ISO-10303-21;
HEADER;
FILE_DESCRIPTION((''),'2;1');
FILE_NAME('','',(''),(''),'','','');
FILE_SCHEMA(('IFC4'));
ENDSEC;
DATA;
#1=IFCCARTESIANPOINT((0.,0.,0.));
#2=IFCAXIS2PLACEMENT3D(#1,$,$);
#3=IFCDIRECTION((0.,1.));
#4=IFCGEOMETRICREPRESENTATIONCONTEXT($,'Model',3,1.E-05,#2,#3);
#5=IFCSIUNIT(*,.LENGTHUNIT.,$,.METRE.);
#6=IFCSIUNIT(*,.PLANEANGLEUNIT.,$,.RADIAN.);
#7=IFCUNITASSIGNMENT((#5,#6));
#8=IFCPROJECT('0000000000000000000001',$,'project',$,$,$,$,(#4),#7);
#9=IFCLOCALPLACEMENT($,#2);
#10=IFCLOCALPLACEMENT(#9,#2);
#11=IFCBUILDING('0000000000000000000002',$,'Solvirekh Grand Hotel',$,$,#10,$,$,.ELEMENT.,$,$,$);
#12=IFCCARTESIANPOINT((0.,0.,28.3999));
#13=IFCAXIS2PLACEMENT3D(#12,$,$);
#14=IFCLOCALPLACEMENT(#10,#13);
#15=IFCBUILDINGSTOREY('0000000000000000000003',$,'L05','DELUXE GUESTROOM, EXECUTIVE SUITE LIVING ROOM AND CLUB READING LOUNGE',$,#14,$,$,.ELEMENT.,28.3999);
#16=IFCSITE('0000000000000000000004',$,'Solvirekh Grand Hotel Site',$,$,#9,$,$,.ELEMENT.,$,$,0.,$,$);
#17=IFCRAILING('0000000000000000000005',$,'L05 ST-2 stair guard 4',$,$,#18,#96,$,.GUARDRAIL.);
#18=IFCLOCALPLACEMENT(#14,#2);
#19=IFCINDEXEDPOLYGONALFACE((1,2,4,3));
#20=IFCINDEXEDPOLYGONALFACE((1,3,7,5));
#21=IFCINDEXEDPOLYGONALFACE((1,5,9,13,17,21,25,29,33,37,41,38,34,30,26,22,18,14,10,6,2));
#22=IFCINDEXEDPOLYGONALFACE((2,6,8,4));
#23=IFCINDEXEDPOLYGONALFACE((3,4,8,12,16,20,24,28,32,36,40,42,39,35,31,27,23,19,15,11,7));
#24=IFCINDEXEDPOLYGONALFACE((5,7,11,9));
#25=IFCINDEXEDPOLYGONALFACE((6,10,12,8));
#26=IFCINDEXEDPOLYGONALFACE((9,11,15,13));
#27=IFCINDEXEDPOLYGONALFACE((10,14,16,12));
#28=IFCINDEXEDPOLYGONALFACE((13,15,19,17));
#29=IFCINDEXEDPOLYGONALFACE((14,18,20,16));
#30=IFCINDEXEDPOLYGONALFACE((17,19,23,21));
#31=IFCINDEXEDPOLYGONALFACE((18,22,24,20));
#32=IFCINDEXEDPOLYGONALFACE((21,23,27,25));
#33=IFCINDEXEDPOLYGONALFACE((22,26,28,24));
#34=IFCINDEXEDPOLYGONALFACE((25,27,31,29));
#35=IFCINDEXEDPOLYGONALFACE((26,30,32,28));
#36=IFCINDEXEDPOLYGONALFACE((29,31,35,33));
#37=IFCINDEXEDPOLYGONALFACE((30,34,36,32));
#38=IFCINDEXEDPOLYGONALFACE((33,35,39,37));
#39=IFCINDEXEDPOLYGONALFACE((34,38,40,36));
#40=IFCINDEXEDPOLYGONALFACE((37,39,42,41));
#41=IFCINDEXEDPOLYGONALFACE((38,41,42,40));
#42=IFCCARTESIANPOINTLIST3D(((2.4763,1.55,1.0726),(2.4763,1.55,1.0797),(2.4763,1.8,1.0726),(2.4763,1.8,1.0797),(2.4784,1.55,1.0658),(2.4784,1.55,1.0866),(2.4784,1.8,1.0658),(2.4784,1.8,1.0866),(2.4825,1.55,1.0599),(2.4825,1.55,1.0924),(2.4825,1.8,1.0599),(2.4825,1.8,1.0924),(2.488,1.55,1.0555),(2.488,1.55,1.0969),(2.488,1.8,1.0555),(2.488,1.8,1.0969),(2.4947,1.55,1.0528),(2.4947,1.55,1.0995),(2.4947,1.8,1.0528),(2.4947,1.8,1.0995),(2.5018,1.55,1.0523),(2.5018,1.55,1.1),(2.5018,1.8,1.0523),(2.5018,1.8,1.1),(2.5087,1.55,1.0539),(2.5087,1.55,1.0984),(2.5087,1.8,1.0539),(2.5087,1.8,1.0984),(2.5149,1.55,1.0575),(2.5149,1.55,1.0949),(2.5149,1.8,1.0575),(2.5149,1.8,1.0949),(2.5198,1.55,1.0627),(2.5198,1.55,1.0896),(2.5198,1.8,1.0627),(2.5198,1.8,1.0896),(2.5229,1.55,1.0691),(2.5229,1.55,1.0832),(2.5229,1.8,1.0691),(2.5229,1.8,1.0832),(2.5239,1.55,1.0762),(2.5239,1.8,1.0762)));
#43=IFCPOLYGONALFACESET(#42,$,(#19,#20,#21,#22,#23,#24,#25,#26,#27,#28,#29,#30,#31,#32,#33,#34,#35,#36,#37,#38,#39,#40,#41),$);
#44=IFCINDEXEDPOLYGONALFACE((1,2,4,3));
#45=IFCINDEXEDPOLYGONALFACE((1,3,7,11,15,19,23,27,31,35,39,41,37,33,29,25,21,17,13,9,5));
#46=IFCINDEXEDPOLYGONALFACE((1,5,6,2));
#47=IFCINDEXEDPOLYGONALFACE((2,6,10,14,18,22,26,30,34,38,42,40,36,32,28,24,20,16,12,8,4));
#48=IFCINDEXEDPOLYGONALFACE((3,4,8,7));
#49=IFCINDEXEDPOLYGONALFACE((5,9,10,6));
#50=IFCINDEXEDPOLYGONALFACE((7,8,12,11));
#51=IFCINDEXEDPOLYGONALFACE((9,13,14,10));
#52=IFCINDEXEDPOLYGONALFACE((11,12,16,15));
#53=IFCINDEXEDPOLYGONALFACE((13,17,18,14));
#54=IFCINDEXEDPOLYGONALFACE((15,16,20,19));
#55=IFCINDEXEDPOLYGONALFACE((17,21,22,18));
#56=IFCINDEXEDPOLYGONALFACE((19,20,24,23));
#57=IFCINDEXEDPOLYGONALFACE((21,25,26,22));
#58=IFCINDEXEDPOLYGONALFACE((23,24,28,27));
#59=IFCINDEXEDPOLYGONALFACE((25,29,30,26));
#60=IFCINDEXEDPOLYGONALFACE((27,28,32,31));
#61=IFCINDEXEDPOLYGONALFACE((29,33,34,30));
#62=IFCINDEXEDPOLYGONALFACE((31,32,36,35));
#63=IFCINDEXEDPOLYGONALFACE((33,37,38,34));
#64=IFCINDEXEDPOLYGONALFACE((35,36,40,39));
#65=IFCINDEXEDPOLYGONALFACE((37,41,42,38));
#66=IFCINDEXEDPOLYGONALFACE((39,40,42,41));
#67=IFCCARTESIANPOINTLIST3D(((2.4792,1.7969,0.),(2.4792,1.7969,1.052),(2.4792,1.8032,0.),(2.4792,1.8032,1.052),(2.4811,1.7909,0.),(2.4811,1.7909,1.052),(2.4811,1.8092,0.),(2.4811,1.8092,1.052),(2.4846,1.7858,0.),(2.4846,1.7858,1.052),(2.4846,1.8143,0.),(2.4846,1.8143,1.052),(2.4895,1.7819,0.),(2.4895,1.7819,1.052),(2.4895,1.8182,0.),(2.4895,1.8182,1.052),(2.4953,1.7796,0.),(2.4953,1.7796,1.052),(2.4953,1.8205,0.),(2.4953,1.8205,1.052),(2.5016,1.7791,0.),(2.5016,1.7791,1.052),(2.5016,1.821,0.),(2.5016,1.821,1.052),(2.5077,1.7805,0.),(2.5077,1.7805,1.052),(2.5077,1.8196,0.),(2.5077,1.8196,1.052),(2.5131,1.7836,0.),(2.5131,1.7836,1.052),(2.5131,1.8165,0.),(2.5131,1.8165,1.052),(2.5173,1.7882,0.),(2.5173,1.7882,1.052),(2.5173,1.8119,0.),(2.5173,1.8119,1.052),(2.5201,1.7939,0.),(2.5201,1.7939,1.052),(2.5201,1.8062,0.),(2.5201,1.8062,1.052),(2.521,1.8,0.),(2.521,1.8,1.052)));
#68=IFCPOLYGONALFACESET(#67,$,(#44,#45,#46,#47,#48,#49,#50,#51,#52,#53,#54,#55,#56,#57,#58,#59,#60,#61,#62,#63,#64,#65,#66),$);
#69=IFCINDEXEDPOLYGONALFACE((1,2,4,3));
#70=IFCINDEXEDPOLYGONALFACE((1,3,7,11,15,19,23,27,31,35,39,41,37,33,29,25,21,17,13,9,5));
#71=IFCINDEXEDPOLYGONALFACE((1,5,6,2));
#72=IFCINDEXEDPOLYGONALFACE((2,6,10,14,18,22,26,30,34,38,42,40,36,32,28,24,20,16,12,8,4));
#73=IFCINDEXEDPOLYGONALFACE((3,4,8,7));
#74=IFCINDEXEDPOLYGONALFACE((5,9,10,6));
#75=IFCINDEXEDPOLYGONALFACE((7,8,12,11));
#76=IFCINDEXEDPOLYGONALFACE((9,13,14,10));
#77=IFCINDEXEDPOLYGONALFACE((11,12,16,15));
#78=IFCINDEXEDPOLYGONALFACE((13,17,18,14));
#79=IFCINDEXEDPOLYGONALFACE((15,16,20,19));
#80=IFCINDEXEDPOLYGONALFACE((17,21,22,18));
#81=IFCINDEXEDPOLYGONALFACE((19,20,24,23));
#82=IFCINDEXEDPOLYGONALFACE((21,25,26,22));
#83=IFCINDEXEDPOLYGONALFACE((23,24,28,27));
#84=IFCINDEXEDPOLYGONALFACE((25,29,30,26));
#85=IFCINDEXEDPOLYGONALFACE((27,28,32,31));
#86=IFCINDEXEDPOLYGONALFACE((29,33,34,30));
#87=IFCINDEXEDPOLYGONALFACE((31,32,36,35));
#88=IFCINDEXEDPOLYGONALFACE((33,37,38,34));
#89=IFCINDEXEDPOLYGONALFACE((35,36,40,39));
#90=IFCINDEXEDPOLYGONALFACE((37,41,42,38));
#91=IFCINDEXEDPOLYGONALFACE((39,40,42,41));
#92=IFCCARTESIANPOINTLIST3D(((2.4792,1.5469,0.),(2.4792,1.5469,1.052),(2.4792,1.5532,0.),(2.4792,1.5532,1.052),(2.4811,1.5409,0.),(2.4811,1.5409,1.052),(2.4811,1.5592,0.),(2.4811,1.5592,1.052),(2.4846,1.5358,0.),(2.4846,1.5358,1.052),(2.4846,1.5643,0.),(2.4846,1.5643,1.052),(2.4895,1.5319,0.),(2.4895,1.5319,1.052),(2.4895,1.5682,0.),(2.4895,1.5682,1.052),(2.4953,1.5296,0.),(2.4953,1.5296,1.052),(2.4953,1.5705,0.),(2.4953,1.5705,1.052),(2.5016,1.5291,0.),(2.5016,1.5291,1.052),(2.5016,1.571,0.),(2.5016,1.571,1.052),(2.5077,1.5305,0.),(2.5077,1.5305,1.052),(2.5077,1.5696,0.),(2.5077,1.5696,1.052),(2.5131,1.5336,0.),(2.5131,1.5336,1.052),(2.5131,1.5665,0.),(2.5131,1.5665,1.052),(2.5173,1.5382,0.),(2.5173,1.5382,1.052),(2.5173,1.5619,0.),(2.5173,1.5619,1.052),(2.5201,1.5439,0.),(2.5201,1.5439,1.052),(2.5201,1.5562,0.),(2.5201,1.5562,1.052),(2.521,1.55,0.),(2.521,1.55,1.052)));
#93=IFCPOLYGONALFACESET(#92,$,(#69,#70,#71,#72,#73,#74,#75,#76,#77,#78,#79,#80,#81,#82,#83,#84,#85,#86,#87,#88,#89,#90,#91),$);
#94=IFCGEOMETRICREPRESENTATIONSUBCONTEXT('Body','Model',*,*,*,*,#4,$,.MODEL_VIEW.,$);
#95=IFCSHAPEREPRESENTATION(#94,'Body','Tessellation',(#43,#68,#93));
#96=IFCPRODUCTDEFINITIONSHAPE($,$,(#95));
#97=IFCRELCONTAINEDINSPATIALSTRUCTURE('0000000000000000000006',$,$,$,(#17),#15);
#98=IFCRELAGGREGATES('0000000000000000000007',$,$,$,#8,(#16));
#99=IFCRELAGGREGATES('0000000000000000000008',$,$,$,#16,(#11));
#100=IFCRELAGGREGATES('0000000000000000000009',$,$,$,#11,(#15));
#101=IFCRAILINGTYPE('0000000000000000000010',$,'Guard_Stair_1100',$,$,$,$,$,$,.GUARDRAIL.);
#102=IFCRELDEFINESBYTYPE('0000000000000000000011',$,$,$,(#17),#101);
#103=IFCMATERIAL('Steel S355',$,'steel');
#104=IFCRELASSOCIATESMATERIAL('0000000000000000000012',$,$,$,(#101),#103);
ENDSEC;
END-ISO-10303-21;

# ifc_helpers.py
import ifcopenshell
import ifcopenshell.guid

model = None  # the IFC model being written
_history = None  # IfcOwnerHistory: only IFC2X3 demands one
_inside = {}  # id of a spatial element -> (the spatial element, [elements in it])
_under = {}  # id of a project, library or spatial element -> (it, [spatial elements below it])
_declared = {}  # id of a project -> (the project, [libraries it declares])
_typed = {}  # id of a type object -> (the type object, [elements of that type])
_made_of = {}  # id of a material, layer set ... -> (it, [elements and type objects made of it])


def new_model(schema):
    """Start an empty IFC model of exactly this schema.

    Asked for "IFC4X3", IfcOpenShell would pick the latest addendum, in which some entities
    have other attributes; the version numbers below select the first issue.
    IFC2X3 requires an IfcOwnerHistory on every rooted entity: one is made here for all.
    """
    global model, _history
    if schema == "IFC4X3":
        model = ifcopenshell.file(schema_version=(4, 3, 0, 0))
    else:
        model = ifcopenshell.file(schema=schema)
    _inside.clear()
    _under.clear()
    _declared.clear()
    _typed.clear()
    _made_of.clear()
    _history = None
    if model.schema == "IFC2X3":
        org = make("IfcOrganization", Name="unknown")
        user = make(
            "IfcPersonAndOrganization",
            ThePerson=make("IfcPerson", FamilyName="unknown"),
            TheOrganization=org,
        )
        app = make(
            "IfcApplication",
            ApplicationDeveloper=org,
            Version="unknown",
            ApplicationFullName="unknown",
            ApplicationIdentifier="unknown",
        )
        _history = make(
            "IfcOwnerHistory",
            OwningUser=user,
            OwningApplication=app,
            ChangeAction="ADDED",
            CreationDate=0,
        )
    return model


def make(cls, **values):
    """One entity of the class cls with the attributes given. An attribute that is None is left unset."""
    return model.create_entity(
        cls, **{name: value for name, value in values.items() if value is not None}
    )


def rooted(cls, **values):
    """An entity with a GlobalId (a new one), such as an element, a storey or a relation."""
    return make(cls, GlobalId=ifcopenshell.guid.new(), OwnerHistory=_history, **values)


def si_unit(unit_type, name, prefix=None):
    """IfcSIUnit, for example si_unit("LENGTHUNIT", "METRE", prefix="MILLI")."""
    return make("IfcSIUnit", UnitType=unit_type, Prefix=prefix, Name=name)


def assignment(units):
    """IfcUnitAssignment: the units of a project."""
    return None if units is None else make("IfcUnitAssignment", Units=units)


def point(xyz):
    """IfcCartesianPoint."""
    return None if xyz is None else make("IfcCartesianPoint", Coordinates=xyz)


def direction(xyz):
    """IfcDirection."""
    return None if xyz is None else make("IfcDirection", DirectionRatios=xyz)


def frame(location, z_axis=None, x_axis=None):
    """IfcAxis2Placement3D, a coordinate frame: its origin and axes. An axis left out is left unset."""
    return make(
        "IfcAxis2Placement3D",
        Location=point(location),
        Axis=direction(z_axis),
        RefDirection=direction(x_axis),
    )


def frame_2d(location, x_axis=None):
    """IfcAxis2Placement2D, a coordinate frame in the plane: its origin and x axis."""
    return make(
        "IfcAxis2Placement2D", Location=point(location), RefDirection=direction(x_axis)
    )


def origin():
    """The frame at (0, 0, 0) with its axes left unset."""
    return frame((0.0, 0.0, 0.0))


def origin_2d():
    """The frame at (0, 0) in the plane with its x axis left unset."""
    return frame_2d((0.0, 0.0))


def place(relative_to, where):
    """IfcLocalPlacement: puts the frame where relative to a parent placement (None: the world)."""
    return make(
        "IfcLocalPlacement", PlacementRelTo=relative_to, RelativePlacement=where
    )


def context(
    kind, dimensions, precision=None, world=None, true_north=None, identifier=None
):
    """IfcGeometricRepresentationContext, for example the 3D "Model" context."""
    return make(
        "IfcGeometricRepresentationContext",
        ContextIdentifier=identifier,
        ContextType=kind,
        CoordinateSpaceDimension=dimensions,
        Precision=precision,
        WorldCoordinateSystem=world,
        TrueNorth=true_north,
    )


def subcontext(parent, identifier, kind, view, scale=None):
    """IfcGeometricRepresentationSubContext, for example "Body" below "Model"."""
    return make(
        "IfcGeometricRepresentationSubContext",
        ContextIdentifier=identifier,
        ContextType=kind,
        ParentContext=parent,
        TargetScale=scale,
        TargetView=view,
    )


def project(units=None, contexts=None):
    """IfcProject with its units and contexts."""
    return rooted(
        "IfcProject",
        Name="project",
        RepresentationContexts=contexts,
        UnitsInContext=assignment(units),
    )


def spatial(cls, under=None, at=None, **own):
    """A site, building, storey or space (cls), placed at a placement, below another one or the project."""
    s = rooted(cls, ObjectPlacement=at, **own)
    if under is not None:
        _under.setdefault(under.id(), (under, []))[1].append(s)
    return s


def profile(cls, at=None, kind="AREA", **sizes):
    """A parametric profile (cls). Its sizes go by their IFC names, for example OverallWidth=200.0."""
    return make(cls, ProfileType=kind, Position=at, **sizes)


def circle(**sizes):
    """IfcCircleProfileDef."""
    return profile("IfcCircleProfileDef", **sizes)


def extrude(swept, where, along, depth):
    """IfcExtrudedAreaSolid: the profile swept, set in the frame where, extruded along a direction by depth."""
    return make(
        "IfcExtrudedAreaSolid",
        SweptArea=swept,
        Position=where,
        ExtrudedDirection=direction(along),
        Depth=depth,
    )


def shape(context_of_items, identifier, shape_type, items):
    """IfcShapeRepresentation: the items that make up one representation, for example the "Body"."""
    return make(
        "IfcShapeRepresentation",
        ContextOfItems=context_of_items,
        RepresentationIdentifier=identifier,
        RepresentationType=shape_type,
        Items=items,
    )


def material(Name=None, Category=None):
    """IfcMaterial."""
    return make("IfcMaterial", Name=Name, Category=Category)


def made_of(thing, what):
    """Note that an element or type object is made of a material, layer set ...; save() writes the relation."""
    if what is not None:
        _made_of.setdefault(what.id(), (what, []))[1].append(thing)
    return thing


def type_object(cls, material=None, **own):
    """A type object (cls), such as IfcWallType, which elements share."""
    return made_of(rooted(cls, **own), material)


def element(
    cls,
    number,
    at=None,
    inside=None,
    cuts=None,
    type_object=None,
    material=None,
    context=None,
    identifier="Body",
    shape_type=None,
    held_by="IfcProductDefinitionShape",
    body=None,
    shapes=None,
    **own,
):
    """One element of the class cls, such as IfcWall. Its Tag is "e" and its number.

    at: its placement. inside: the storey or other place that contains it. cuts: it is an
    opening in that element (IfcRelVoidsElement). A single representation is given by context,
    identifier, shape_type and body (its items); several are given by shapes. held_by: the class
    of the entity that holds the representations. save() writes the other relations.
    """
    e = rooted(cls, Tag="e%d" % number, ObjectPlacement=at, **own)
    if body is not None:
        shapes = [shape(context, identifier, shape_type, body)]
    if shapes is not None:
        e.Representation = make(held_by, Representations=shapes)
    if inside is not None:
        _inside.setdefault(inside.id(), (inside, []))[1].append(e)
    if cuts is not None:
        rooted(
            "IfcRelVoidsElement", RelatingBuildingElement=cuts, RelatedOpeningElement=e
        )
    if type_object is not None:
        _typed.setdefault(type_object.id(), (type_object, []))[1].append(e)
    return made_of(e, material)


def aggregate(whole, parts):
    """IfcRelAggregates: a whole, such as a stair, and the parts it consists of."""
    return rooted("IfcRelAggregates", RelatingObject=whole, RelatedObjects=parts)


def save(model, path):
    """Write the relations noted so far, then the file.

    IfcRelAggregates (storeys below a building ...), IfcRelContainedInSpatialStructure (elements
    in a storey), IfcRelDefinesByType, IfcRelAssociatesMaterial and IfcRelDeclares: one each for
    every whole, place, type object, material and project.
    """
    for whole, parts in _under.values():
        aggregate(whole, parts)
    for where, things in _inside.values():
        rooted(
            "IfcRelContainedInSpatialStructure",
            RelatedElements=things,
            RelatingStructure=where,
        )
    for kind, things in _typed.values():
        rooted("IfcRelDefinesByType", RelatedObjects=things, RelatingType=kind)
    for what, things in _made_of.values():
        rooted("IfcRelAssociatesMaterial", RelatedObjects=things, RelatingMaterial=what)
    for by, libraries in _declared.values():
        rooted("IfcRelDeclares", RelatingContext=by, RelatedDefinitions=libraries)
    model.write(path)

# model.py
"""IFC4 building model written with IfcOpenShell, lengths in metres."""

from ifc_helpers import new_model, si_unit, direction, frame, origin, origin_2d, place, context, subcontext, project, spatial, circle, extrude, material, type_object, element, save


model = new_model("IFC4")

# Units and contexts
model_context = context("Model", 3, precision=1e-05, world=origin(), true_north=direction((0.0, 1.0)))
body_context = subcontext(model_context, "Body", "Model", "MODEL_VIEW")
ifc_project = project(units=[si_unit("LENGTHUNIT", "METRE"), si_unit("PLANEANGLEUNIT", "RADIAN")], contexts=[model_context])

# Site, building, storey
site_placement = place(None, origin())
site = spatial("IfcSite", under=ifc_project, at=site_placement, Name="Solvirekh Grand Hotel Site", CompositionType="ELEMENT", RefElevation=0.0)
building_placement = place(site_placement, origin())
building = spatial("IfcBuilding", under=site, at=building_placement, Name="Solvirekh Grand Hotel", CompositionType="ELEMENT")
storey_placement = place(building_placement, frame((0.0, 0.0, 28.3999)))
storey = spatial("IfcBuildingStorey", under=building, at=storey_placement, Name="L05", Description="DELUXE GUESTROOM, EXECUTIVE SUITE LIVING ROOM AND CLUB READING LOUNGE", CompositionType="ELEMENT", Elevation=28.3999)

# Railing
ifc_material_1 = material(Name="Steel S355", Category="steel")
railing_type_1 = type_object("IfcRailingType", Name="Guard_Stair_1100", PredefinedType="GUARDRAIL", material=ifc_material_1)
railing_1_placement = place(storey_placement, frame((2.5, 1.8, 0.0)))
element("IfcRailing", 1, at=railing_1_placement, inside=storey, type_object=railing_type_1, Name="L05 ST-2 stair guard 4", PredefinedType="GUARDRAIL", context=body_context, shape_type="SweptSolid", body=[
    extrude(circle(Radius=0.0239, at=origin_2d()), frame((0.0, 0.0, 1.0762), z_axis=(0.0, -1.0, 0.0), x_axis=(1.0, 0.0, 0.0)), (0.0, 0.0, 1.0), 0.25),
    extrude(circle(Radius=0.021, at=origin_2d()), origin(), (0.0, 0.0, 1.0), 1.052),
    extrude(circle(Radius=0.021, at=origin_2d()), frame((0.0, -0.25, 0.0)), (0.0, 0.0, 1.0), 1.052),
])

save(model, "model.ifc")
